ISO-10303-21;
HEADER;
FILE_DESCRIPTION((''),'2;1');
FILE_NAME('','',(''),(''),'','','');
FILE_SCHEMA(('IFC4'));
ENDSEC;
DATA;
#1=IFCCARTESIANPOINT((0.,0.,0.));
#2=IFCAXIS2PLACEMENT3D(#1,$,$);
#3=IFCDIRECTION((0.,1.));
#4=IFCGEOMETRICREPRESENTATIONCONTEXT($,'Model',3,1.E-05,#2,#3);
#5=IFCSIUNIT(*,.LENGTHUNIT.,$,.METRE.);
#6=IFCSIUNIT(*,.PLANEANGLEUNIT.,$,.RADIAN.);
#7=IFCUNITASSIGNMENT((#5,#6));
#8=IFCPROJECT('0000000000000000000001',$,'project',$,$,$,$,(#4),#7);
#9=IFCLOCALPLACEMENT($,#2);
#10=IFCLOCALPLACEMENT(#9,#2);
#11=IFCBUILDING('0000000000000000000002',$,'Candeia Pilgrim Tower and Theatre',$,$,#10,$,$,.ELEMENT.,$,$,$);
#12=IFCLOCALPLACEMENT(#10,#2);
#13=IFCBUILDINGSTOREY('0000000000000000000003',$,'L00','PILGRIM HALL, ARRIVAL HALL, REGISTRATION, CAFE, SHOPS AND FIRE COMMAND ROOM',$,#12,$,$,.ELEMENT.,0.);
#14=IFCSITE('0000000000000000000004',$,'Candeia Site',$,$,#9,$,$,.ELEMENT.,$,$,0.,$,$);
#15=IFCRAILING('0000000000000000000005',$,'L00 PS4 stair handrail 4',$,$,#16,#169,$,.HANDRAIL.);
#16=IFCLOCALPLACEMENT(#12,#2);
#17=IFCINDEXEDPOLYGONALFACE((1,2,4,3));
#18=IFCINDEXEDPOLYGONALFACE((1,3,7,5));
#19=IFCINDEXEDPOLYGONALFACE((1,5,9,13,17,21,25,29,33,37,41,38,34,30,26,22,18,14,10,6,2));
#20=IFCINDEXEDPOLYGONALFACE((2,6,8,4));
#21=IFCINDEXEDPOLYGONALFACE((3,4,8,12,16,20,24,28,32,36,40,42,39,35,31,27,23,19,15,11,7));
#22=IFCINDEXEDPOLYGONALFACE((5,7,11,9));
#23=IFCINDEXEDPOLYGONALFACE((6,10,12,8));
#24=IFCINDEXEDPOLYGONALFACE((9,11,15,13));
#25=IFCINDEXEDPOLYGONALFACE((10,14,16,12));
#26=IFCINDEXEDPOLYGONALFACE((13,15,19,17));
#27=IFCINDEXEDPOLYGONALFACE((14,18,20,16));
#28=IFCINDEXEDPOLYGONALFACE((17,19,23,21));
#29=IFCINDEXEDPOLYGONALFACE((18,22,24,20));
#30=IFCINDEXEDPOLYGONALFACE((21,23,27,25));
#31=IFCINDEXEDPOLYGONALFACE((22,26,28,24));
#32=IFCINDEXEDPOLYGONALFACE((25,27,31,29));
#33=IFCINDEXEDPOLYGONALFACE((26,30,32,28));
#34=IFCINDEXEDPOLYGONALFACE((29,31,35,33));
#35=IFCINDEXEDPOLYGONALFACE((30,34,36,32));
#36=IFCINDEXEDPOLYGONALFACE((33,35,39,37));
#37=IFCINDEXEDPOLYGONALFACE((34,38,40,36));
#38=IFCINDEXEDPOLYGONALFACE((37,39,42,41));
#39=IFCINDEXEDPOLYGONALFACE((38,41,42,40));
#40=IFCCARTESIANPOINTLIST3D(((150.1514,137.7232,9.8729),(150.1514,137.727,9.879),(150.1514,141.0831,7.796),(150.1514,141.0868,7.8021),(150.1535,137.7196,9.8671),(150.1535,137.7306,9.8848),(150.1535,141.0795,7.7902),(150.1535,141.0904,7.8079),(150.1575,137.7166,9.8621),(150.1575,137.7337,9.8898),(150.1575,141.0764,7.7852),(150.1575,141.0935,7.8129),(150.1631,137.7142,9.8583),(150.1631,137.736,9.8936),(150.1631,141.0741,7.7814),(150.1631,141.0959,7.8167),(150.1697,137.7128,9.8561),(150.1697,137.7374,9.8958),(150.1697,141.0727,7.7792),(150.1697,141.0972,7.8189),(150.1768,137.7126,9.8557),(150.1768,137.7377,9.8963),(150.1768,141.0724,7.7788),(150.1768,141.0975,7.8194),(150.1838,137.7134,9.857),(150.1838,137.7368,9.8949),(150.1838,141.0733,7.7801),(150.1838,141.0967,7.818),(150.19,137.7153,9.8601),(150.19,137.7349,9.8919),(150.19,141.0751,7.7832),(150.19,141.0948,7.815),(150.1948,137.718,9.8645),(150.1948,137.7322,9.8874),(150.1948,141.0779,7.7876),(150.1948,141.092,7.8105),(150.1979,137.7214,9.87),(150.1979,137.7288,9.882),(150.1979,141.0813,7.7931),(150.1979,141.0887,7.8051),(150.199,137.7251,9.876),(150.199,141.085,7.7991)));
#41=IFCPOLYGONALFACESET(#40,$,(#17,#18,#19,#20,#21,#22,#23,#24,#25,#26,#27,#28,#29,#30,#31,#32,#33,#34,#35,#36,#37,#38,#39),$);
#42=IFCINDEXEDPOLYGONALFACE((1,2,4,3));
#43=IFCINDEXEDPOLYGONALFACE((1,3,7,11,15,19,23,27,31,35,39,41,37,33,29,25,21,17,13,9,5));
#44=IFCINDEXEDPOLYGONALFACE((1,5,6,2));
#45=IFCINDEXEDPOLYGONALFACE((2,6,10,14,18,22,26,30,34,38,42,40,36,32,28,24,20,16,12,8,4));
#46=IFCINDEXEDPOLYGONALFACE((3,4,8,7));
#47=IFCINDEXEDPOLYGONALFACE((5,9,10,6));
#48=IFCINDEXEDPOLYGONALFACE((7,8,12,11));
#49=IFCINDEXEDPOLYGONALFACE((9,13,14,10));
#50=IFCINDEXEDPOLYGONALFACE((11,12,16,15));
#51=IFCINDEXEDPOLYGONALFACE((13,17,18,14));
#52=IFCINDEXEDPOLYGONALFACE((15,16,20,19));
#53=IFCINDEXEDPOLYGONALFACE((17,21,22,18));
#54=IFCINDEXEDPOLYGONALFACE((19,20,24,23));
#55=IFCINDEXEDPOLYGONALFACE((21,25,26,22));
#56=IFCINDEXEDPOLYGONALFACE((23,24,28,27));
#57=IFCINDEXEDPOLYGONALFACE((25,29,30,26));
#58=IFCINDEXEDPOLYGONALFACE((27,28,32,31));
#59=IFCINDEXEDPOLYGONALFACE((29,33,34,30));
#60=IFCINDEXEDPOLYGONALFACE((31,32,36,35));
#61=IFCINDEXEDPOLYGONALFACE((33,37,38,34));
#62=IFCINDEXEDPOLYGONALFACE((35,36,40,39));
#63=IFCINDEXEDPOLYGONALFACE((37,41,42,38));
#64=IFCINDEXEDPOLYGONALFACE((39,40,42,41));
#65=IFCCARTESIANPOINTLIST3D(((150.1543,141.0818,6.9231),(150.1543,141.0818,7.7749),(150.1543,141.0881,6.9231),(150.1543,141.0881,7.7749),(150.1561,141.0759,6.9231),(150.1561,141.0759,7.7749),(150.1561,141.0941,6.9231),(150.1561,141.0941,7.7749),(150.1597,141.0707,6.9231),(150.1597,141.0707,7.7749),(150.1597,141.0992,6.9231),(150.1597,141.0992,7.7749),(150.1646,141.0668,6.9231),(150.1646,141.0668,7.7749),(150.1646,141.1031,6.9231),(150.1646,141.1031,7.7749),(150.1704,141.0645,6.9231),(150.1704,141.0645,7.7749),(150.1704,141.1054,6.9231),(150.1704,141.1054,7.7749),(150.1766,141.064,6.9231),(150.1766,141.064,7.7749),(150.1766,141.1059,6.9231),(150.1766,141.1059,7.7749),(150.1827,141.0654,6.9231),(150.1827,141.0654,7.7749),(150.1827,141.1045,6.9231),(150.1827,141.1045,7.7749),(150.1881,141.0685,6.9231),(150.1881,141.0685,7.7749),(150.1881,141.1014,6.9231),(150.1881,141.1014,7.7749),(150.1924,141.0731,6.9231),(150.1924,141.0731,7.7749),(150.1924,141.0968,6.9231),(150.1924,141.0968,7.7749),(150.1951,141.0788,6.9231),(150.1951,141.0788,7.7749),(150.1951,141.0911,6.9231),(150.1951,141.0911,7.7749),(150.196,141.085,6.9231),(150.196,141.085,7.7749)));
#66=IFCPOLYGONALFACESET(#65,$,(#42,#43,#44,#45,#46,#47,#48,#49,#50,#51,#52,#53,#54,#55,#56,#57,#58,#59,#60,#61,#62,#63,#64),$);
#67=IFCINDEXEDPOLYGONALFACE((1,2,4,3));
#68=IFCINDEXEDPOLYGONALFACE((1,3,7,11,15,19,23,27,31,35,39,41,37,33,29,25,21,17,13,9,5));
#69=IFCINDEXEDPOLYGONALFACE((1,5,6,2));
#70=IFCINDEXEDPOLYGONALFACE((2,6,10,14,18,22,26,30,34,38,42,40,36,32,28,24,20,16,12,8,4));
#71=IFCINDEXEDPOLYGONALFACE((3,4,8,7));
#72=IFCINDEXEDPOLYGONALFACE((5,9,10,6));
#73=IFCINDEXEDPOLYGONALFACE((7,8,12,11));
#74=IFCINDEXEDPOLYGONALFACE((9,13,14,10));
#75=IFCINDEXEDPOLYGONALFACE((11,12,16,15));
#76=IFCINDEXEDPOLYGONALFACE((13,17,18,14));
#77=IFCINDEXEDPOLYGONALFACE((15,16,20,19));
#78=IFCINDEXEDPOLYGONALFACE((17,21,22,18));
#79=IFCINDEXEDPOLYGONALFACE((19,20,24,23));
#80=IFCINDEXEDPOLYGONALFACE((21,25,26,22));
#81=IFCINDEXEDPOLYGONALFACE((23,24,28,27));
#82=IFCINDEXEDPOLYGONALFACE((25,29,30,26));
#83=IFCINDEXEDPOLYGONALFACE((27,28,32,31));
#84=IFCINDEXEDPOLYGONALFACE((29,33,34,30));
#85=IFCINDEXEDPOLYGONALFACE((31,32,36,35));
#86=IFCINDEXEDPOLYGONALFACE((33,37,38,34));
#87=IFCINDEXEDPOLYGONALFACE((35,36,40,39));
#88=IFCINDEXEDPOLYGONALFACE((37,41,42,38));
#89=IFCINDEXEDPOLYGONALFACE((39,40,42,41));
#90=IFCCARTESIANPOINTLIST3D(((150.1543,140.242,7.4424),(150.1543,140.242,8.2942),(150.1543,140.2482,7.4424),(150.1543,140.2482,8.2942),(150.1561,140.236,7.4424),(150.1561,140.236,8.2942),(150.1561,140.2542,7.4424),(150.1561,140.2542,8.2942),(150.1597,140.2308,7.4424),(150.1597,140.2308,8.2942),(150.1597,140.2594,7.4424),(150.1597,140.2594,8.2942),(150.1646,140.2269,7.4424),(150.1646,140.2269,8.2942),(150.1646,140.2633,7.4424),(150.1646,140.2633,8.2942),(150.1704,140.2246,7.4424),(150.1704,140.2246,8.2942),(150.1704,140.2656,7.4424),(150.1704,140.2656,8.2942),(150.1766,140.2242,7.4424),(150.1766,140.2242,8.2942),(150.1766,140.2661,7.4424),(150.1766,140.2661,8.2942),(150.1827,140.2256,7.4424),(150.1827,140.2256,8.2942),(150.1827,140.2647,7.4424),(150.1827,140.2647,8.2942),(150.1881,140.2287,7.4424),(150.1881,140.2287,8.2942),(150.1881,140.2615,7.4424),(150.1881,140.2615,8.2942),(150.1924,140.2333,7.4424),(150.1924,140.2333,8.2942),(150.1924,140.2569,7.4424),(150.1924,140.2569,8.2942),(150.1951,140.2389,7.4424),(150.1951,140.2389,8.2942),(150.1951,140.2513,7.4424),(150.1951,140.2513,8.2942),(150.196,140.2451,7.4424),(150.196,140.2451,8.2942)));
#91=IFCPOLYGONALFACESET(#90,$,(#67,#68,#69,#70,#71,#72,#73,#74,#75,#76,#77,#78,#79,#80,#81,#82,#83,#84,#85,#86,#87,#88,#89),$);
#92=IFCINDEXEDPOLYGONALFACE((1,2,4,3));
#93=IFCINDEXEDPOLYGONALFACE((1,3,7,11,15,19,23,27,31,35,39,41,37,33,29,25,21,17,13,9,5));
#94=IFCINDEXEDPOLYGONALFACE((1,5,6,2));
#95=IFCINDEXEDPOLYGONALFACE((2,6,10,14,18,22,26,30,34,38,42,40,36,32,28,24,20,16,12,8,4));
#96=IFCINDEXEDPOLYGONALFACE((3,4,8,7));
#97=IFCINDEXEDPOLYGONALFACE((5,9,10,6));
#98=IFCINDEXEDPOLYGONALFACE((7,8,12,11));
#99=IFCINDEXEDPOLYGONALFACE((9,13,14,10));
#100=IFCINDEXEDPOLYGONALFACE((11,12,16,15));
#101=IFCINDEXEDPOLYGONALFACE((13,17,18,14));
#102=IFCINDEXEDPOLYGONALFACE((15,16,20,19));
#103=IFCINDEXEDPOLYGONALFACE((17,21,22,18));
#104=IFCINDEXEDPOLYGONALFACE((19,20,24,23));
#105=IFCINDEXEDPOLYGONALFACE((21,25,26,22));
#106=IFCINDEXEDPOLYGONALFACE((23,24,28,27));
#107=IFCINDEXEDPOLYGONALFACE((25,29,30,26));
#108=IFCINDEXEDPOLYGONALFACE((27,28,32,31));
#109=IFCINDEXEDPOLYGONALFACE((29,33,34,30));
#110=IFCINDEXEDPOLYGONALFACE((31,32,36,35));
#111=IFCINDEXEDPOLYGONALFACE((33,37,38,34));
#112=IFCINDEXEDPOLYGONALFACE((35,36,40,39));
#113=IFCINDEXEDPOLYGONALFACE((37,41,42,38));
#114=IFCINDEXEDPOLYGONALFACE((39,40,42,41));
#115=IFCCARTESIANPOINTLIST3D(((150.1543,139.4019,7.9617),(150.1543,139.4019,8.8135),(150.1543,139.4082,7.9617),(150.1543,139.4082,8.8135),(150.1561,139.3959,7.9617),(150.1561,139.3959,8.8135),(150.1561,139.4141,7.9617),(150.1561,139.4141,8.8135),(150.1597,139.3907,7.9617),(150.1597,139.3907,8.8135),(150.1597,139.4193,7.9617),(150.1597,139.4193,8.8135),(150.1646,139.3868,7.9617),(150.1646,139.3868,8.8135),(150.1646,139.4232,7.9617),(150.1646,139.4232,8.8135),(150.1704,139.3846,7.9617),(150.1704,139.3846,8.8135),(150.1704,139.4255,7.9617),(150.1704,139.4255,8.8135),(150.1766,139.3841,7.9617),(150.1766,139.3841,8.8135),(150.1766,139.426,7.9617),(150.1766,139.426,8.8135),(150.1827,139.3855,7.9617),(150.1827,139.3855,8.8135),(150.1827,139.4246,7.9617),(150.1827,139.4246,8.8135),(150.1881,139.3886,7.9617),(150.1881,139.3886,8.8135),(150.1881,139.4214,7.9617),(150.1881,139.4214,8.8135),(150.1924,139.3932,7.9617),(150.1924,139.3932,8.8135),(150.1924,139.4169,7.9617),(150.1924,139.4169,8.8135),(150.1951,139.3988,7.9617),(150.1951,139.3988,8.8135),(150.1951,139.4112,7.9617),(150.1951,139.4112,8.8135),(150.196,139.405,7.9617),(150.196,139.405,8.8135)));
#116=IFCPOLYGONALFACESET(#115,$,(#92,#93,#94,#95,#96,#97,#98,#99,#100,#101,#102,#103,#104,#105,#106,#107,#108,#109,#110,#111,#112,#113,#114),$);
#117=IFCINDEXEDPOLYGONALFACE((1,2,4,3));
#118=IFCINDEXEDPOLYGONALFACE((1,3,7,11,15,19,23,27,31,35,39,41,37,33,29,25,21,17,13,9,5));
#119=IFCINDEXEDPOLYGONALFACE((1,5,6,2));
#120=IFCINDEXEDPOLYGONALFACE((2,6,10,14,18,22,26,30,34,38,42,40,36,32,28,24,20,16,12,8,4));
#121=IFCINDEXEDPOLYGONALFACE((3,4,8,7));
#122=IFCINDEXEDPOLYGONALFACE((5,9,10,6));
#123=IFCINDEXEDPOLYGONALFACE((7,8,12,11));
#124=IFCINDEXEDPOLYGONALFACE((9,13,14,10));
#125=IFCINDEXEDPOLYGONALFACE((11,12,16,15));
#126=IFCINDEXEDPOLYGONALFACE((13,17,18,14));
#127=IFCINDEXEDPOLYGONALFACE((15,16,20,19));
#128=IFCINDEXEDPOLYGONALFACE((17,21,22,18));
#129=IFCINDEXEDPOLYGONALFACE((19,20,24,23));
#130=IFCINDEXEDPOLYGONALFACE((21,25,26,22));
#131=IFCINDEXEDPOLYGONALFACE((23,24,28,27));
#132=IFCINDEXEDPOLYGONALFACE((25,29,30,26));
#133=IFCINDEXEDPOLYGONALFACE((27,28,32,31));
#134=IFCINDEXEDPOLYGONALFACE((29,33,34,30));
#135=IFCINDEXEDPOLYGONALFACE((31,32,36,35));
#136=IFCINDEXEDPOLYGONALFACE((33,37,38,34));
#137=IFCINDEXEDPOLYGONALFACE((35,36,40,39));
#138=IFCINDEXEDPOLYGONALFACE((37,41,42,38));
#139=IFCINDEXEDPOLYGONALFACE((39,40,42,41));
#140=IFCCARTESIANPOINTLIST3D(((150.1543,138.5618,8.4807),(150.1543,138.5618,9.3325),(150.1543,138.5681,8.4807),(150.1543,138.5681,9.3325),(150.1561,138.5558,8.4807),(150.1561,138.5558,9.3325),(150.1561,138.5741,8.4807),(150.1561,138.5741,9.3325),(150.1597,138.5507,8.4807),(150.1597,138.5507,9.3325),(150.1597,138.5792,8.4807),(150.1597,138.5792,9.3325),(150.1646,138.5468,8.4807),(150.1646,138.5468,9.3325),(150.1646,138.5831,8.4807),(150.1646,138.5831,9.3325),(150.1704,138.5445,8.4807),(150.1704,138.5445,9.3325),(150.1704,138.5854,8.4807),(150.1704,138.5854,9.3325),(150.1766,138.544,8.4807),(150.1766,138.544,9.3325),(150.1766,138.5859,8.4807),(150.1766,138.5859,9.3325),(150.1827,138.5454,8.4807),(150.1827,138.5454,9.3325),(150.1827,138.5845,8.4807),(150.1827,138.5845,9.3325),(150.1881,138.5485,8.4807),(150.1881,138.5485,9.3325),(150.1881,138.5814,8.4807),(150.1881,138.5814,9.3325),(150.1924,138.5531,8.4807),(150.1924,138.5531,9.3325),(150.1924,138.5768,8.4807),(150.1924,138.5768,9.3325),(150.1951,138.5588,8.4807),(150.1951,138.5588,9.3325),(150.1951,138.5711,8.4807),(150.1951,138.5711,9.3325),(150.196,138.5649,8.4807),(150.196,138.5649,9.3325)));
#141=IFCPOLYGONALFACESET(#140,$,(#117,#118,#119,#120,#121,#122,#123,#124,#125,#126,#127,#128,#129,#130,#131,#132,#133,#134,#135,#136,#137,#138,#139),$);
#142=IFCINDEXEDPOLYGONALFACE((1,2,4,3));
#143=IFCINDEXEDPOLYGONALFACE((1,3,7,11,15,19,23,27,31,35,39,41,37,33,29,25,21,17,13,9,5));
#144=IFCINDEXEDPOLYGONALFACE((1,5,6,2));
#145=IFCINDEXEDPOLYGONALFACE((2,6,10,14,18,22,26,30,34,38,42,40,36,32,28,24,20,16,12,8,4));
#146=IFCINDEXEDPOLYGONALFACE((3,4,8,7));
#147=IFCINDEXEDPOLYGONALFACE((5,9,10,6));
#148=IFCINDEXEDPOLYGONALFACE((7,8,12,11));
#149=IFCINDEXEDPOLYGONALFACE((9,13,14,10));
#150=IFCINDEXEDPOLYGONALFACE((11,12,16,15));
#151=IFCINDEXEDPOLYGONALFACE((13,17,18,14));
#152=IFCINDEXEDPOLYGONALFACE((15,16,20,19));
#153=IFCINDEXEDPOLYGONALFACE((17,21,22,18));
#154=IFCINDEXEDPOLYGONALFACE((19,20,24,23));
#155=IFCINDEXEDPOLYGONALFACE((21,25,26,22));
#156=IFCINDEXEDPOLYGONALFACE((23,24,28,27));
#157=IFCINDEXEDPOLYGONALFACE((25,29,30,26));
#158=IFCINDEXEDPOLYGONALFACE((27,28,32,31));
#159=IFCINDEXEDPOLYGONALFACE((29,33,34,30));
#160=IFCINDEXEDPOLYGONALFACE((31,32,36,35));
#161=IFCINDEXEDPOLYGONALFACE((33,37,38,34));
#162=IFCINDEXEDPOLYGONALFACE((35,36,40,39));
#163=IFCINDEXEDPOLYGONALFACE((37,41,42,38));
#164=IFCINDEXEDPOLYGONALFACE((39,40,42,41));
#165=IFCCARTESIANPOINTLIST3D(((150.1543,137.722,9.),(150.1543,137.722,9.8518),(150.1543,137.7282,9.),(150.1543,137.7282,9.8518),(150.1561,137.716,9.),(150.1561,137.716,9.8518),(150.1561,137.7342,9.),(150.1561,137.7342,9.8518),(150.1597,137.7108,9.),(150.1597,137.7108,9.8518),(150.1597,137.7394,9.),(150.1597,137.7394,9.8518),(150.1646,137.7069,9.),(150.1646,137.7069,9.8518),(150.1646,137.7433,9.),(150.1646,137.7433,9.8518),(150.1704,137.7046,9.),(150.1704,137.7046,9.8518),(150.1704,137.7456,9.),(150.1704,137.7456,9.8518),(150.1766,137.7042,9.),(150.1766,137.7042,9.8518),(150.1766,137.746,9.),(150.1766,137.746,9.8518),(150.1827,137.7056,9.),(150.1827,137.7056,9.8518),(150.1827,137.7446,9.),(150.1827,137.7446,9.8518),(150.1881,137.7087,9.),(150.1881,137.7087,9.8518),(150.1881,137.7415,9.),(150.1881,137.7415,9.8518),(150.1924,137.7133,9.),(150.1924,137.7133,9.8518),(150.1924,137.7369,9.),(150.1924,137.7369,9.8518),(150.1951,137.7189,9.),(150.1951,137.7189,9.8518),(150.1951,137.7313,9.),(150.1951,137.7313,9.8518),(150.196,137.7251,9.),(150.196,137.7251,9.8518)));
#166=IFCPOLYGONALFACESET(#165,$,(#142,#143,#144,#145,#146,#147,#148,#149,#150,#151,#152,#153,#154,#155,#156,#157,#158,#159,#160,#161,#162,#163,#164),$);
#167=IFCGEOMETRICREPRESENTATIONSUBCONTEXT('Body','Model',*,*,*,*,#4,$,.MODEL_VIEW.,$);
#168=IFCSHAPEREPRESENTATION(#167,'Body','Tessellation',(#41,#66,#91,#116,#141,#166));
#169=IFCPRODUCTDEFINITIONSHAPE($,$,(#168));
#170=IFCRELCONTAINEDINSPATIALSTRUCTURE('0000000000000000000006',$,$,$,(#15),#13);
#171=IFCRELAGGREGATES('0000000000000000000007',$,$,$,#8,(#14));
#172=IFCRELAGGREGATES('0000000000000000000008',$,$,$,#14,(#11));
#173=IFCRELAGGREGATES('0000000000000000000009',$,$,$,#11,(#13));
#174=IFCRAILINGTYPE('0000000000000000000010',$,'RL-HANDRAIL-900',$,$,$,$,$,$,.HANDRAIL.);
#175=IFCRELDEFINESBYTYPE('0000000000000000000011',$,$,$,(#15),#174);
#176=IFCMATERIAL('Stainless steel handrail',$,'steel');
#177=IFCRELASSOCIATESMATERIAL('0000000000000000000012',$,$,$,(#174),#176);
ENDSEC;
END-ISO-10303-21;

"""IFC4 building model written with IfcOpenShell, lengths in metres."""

from ifc_helpers import new_model, si_unit, direction, frame, origin, origin_2d, place, context, subcontext, project, spatial, circle, extrude, material, type_object, element, save


model = new_model("IFC4")

# Units and contexts
model_context = context("Model", 3, precision=1e-05, world=origin(), true_north=direction((0.0, 1.0)))
body_context = subcontext(model_context, "Body", "Model", "MODEL_VIEW")
ifc_project = project(units=[si_unit("LENGTHUNIT", "METRE"), si_unit("PLANEANGLEUNIT", "RADIAN")], contexts=[model_context])

# Site, building, storey
site_placement = place(None, origin())
site = spatial("IfcSite", under=ifc_project, at=site_placement, Name="Candeia Site", CompositionType="ELEMENT", RefElevation=0.0)
building_placement = place(site_placement, origin())
building = spatial("IfcBuilding", under=site, at=building_placement, Name="Candeia Pilgrim Tower and Theatre", CompositionType="ELEMENT")
storey_placement = place(building_placement, origin())
storey = spatial("IfcBuildingStorey", under=building, at=storey_placement, Name="L00", Description="PILGRIM HALL, ARRIVAL HALL, REGISTRATION, CAFE, SHOPS AND FIRE COMMAND ROOM", CompositionType="ELEMENT", Elevation=0.0)

# Railing
ifc_material_1 = material(Name="Stainless steel handrail", Category="steel")
railing_type_1 = type_object("IfcRailingType", Name="RL-HANDRAIL-900", PredefinedType="HANDRAIL", material=ifc_material_1)
railing_1_placement = place(storey_placement, frame((150.175, 141.085, 6.9231)))
element("IfcRailing", 1, at=railing_1_placement, inside=storey, type_object=railing_type_1, Name="L00 PS4 stair handrail 4", PredefinedType="HANDRAIL", context=body_context, shape_type="SweptSolid", body=[
    extrude(circle(Radius=0.0239, at=origin_2d()), frame((0.0, 0.0, 0.876), z_axis=(0.0, -0.850606, 0.525803), x_axis=(1.0, 0.0, 0.0)), (0.0, 0.0, 1.0), 3.95),
    extrude(circle(Radius=0.021, at=origin_2d()), origin(), (0.0, 0.0, 1.0), 0.8518),
    extrude(circle(Radius=0.021, at=origin_2d()), frame((0.0, -0.8398, 0.5193)), (0.0, 0.0, 1.0), 0.8518),
    extrude(circle(Radius=0.021, at=origin_2d()), frame((0.0, -1.6799, 1.0386)), (0.0, 0.0, 1.0), 0.8518),
    extrude(circle(Radius=0.021, at=origin_2d()), frame((0.0, -2.52, 1.5576)), (0.0, 0.0, 1.0), 0.8518),
    extrude(circle(Radius=0.021, at=origin_2d()), frame((0.0, -3.3599, 2.0769)), (0.0, 0.0, 1.0), 0.8518),
])

save(model, "model.ifc")
